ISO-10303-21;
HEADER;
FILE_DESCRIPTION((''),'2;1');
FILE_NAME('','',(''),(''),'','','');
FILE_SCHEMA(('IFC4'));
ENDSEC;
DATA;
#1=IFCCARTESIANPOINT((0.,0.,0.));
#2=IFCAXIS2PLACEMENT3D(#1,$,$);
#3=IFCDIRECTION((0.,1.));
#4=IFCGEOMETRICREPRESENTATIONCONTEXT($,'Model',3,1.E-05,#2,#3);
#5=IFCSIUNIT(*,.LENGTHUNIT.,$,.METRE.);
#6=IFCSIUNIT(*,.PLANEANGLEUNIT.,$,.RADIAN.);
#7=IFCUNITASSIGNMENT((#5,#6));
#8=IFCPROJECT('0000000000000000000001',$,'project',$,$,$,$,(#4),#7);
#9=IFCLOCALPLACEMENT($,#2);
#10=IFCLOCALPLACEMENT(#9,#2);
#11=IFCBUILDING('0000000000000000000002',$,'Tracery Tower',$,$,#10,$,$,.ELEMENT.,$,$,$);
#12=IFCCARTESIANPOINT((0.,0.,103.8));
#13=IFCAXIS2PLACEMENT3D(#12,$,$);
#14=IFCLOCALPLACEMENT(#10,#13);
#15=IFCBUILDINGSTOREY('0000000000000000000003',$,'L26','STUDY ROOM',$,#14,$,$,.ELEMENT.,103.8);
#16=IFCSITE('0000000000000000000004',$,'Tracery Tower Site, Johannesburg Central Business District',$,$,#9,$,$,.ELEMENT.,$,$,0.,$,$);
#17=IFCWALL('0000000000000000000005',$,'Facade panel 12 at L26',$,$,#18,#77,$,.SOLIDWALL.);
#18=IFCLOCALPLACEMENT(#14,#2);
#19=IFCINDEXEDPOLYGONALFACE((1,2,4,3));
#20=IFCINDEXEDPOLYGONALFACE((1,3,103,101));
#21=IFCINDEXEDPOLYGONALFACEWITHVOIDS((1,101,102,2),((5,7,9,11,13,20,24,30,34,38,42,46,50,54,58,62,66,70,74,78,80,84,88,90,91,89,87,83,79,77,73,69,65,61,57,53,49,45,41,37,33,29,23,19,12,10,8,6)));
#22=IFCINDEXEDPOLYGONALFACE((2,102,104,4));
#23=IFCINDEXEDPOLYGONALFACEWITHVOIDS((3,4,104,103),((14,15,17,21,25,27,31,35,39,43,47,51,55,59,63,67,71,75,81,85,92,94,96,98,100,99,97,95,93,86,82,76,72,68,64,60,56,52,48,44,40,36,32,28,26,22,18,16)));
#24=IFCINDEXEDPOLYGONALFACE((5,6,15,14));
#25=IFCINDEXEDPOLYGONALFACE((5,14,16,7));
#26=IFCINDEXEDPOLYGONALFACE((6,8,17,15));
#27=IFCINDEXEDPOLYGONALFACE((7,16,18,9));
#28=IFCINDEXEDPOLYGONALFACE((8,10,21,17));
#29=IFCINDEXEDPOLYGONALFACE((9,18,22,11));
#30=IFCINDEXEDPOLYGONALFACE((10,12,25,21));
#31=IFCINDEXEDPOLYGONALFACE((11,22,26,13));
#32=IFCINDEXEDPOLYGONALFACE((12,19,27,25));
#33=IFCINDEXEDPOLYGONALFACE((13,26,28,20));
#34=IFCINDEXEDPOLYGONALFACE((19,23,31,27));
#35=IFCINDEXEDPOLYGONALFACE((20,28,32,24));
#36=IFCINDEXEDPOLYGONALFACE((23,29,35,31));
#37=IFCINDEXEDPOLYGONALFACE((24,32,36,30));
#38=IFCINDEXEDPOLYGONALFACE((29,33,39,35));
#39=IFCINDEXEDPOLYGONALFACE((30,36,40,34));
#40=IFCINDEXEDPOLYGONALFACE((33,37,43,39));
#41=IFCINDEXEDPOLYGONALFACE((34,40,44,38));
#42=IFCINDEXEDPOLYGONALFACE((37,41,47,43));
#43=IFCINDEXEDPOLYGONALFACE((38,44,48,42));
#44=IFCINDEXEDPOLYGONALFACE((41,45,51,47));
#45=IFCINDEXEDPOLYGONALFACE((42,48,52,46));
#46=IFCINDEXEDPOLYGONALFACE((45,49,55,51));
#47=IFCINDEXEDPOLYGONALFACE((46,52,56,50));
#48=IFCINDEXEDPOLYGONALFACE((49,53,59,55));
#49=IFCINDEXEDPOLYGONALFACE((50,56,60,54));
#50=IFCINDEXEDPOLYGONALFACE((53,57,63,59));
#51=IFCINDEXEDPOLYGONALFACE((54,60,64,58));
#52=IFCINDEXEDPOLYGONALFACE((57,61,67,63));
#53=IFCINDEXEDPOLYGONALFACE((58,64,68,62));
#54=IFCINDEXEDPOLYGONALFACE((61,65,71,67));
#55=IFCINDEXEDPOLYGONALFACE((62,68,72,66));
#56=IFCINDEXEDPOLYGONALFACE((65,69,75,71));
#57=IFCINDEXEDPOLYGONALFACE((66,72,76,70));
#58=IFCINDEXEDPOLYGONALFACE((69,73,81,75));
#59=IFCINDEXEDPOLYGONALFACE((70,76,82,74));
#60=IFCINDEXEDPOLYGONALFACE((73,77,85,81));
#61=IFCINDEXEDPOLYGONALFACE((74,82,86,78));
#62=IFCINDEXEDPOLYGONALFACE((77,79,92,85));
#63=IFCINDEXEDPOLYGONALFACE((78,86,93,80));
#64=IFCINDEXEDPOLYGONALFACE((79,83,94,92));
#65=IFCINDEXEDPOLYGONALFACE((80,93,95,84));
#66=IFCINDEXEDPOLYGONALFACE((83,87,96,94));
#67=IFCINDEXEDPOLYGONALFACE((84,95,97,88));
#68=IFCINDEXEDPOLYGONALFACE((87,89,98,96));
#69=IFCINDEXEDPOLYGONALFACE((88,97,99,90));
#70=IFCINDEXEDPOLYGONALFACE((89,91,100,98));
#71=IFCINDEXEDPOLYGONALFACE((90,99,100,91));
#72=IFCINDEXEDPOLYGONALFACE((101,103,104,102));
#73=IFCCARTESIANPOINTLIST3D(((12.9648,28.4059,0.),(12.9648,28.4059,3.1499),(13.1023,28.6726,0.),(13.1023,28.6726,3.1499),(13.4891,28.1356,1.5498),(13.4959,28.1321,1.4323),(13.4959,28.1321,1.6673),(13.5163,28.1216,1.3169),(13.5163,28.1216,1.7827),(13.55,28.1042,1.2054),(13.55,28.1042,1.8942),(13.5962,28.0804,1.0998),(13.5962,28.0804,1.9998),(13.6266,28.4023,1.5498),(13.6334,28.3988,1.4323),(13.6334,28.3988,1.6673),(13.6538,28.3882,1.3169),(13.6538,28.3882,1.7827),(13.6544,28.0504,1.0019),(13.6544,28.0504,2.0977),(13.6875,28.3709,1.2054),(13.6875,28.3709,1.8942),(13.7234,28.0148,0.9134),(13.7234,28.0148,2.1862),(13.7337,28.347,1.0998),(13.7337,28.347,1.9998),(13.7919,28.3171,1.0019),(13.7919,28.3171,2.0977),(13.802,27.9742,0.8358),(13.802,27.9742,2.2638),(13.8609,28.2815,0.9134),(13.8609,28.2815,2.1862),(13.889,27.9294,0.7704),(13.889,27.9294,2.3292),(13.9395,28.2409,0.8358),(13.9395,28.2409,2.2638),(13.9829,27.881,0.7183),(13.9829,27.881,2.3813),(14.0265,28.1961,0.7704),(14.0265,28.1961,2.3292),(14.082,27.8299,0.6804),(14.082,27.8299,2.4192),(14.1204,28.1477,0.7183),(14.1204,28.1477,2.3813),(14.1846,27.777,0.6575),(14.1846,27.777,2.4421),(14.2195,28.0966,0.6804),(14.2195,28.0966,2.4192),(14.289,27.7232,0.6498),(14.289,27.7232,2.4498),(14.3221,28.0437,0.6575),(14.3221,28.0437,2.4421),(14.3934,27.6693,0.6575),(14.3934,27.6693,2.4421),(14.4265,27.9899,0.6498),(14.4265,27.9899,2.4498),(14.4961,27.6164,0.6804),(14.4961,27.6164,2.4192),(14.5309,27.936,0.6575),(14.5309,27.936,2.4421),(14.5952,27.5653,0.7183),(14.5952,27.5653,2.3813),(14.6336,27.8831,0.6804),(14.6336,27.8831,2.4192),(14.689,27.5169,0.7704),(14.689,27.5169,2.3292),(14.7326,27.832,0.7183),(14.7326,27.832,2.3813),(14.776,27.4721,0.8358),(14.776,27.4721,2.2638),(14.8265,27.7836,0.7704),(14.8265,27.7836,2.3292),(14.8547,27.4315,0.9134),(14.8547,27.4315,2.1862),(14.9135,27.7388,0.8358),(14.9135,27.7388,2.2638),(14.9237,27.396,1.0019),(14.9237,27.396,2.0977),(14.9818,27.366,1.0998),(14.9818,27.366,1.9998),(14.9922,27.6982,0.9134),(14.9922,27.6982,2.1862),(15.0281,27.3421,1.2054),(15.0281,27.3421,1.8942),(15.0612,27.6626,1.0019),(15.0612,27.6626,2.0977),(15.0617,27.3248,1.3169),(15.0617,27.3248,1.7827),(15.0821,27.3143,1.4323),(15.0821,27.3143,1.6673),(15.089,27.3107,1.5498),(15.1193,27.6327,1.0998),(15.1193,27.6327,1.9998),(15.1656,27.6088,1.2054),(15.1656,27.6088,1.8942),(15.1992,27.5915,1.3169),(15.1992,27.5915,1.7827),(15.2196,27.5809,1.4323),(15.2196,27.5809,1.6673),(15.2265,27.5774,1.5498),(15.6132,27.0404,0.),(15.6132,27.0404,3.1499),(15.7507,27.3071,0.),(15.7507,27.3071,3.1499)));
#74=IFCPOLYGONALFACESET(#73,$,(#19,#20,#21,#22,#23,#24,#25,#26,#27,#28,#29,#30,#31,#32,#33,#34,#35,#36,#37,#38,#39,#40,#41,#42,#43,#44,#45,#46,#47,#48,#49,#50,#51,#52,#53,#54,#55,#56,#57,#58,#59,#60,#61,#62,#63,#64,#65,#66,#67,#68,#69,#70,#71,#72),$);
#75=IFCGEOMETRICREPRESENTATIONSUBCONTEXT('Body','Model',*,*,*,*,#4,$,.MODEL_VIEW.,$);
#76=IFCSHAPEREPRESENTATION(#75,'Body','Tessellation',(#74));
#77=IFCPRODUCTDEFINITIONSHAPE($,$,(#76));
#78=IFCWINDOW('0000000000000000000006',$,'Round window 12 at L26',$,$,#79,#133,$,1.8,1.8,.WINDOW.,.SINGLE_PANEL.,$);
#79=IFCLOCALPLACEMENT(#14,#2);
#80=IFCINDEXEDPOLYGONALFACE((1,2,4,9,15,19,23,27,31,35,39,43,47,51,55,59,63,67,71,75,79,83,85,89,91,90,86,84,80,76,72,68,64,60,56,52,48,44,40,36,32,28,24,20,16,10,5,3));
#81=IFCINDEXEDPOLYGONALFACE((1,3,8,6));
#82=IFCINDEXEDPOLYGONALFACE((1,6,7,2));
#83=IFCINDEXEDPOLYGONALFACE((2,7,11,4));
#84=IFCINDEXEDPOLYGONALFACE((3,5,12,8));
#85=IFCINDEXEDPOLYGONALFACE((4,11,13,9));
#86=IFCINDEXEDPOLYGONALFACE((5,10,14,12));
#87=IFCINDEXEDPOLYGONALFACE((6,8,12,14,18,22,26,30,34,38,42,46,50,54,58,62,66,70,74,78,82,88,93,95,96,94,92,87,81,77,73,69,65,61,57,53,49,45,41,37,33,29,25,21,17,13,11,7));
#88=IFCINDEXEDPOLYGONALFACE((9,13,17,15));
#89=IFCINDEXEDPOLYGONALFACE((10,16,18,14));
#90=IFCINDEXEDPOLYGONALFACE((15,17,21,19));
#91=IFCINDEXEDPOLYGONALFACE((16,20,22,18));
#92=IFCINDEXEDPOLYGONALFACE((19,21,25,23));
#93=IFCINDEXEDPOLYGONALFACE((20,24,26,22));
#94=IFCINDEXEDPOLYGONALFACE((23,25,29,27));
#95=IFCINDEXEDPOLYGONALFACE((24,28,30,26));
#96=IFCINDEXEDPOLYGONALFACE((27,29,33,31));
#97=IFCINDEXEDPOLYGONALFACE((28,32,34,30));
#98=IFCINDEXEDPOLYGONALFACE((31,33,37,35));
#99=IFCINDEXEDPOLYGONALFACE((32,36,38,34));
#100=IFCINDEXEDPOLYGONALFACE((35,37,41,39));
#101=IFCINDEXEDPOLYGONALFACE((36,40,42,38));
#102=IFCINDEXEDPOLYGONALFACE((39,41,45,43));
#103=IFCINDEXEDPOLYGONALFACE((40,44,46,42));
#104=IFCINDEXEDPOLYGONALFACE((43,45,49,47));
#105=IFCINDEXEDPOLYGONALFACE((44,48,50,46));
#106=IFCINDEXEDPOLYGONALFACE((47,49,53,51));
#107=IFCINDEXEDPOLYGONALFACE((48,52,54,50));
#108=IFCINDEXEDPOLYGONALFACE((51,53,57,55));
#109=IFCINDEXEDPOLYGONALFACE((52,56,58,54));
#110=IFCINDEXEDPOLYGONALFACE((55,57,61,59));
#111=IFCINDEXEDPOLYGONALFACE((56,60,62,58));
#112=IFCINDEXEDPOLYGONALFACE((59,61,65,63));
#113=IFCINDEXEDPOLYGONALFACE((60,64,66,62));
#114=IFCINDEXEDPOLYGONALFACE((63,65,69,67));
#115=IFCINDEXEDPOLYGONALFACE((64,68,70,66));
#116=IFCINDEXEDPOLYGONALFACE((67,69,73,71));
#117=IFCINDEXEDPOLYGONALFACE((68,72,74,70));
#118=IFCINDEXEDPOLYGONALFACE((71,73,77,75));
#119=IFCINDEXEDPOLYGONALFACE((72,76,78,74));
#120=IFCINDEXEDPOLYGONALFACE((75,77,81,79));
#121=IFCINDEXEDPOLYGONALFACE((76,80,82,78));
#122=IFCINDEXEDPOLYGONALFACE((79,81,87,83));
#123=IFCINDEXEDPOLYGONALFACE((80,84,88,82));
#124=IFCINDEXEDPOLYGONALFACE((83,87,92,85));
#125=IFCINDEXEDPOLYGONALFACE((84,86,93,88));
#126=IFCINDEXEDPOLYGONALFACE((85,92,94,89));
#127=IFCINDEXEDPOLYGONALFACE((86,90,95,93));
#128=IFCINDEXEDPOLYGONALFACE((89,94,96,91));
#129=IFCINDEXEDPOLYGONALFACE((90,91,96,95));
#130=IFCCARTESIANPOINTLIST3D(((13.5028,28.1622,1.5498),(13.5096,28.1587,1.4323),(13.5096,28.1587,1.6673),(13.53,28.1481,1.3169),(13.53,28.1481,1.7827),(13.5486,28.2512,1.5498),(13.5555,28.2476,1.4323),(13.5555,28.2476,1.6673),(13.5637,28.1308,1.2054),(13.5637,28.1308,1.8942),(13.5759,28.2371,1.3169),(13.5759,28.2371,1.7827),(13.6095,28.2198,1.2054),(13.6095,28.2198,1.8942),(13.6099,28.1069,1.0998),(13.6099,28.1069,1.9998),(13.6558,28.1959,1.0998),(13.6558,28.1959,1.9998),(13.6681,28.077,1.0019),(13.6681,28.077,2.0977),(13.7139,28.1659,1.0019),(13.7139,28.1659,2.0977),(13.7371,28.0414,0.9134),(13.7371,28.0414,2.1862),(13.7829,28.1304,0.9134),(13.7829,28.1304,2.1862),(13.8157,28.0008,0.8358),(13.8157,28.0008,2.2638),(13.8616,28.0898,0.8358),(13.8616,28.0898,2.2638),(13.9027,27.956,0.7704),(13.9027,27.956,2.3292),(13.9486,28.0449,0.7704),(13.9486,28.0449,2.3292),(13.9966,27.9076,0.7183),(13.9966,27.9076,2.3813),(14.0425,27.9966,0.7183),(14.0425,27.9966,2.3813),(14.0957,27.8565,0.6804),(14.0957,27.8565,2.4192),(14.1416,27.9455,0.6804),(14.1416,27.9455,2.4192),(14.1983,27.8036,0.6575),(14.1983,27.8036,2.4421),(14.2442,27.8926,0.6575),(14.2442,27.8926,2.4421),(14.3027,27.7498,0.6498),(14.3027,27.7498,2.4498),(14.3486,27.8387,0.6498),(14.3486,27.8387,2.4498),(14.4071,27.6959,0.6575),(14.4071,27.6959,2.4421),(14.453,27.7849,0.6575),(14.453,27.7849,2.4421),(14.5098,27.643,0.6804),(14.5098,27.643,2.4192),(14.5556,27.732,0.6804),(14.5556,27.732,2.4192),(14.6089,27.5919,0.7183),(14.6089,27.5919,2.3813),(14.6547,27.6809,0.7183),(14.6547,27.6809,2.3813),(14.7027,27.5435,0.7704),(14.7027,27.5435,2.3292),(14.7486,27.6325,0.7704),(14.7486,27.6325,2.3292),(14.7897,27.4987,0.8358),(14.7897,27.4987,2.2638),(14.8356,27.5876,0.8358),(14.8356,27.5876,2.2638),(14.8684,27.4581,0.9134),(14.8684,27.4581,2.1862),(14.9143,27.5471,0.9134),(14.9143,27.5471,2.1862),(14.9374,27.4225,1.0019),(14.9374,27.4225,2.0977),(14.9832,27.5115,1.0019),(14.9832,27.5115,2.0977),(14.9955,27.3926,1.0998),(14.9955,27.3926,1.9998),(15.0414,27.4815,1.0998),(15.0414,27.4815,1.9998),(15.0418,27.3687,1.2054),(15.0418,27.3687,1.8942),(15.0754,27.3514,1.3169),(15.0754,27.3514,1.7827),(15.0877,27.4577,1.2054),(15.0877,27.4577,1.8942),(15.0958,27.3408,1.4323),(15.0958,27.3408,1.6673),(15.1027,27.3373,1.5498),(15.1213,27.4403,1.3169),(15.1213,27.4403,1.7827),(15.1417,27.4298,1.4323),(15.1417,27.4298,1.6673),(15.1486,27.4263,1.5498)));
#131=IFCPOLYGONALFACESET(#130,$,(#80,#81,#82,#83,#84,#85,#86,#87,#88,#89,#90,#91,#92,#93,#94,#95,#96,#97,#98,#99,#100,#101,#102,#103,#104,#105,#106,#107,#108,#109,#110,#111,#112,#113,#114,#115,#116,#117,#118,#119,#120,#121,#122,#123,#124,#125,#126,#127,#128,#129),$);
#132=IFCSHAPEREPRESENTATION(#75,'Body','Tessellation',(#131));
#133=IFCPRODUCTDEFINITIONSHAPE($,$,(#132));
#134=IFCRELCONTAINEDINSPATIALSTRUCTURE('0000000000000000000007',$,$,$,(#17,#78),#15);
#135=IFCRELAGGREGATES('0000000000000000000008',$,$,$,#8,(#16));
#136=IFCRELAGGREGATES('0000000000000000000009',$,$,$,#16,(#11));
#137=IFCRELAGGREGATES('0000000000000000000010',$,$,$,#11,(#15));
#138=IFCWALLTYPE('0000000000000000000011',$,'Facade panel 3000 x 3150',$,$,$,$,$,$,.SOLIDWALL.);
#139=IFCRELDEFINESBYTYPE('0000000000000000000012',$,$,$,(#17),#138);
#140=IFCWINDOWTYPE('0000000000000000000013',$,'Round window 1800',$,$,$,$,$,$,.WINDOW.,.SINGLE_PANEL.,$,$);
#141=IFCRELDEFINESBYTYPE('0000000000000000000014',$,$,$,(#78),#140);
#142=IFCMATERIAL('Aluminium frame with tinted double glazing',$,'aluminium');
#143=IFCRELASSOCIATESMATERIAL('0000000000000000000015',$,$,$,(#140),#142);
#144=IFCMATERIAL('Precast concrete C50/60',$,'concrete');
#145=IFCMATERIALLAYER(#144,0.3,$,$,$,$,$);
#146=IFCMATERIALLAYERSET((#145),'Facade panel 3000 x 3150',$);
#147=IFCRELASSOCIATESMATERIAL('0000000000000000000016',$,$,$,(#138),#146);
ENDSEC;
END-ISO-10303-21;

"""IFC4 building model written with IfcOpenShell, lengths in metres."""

from ifc_helpers import new_model, si_unit, direction, frame, frame_2d, origin, origin_2d, place, context, subcontext, project, spatial, rectangle, circle, extrude, material, layer, layer_set, type_object, element, fill, save


model = new_model("IFC4")

# Units and contexts
model_context = context("Model", 3, precision=1e-05, world=origin(), true_north=direction((0.0, 1.0)))
body_context = subcontext(model_context, "Body", "Model", "MODEL_VIEW")
ifc_project = project(units=[si_unit("LENGTHUNIT", "METRE"), si_unit("PLANEANGLEUNIT", "RADIAN")], contexts=[model_context])

# Site, building, storey
site_placement = place(None, origin())
site = spatial("IfcSite", under=ifc_project, at=site_placement, Name="Tracery Tower Site, Johannesburg Central Business District", CompositionType="ELEMENT", RefElevation=0.0)
building_placement = place(site_placement, origin())
building = spatial("IfcBuilding", under=site, at=building_placement, Name="Tracery Tower", CompositionType="ELEMENT")
storey_placement = place(building_placement, frame((0.0, 0.0, 103.8)))
storey = spatial("IfcBuildingStorey", under=building, at=storey_placement, Name="L26", Description="STUDY ROOM", CompositionType="ELEMENT", Elevation=103.8)

# Wall, opening, window
ifc_material_1 = material(Name="Aluminium frame with tinted double glazing", Category="aluminium")
window_type = type_object("IfcWindowType", Name="Round window 1800", PartitioningType="SINGLE_PANEL", PredefinedType="WINDOW", material=ifc_material_1)
ifc_material_2 = material(Name="Precast concrete C50/60", Category="concrete")
ifc_layer_1 = layer(ifc_material_2, 0.3)
ifc_layer_set_1 = layer_set([ifc_layer_1], Name="Facade panel 3000 x 3150")
wall_type_1 = type_object("IfcWallType", Name="Facade panel 3000 x 3150", PredefinedType="SOLIDWALL", material=ifc_layer_set_1)
wall_1_placement = place(storey_placement, frame((15.6819, 27.1738, 0.0), z_axis=(0.0, 0.0, 1.0), x_axis=(-0.88882, 0.458257, 0.0)))
wall_1 = element("IfcWall", 1, at=wall_1_placement, inside=storey, type_object=wall_type_1, Name="Facade panel 12 at L26", PredefinedType="SOLIDWALL", context=body_context, shape_type="SweptSolid", body=[
    extrude(rectangle(XDim=2.9797, YDim=0.3, at=frame_2d((1.4897, 0.0))), origin(), (0.0, 0.0, 1.0), 3.1499),
])
opening_1_placement = place(wall_1_placement, frame((1.4897, 0.0, 1.5498)))
opening_1 = element("IfcOpeningElement", 2, at=opening_1_placement, cuts=wall_1, PredefinedType="OPENING", context=body_context, shape_type="SweptSolid", body=[
    extrude(circle(Radius=0.9, at=origin_2d()), frame((0.0, 0.1599, 0.0), z_axis=(0.0, -1.0, 0.0), x_axis=(1.0, 0.0, 0.0)), (0.0, 0.0, 1.0), 0.3201),
])
window_1_placement = place(opening_1_placement, origin())
window_1 = element("IfcWindow", 3, at=window_1_placement, inside=storey, type_object=window_type, Name="Round window 12 at L26", OverallHeight=1.8, OverallWidth=1.8, PartitioningType="SINGLE_PANEL", PredefinedType="WINDOW", context=body_context, shape_type="SweptSolid", body=[
    extrude(circle(Radius=0.9, at=origin_2d()), frame((0.0, 0.1201, 0.0), z_axis=(0.0, -1.0, 0.0), x_axis=(1.0, 0.0, 0.0)), (0.0, 0.0, 1.0), 0.1001),
])
fill(opening_1, window_1)

save(model, "model.ifc")
